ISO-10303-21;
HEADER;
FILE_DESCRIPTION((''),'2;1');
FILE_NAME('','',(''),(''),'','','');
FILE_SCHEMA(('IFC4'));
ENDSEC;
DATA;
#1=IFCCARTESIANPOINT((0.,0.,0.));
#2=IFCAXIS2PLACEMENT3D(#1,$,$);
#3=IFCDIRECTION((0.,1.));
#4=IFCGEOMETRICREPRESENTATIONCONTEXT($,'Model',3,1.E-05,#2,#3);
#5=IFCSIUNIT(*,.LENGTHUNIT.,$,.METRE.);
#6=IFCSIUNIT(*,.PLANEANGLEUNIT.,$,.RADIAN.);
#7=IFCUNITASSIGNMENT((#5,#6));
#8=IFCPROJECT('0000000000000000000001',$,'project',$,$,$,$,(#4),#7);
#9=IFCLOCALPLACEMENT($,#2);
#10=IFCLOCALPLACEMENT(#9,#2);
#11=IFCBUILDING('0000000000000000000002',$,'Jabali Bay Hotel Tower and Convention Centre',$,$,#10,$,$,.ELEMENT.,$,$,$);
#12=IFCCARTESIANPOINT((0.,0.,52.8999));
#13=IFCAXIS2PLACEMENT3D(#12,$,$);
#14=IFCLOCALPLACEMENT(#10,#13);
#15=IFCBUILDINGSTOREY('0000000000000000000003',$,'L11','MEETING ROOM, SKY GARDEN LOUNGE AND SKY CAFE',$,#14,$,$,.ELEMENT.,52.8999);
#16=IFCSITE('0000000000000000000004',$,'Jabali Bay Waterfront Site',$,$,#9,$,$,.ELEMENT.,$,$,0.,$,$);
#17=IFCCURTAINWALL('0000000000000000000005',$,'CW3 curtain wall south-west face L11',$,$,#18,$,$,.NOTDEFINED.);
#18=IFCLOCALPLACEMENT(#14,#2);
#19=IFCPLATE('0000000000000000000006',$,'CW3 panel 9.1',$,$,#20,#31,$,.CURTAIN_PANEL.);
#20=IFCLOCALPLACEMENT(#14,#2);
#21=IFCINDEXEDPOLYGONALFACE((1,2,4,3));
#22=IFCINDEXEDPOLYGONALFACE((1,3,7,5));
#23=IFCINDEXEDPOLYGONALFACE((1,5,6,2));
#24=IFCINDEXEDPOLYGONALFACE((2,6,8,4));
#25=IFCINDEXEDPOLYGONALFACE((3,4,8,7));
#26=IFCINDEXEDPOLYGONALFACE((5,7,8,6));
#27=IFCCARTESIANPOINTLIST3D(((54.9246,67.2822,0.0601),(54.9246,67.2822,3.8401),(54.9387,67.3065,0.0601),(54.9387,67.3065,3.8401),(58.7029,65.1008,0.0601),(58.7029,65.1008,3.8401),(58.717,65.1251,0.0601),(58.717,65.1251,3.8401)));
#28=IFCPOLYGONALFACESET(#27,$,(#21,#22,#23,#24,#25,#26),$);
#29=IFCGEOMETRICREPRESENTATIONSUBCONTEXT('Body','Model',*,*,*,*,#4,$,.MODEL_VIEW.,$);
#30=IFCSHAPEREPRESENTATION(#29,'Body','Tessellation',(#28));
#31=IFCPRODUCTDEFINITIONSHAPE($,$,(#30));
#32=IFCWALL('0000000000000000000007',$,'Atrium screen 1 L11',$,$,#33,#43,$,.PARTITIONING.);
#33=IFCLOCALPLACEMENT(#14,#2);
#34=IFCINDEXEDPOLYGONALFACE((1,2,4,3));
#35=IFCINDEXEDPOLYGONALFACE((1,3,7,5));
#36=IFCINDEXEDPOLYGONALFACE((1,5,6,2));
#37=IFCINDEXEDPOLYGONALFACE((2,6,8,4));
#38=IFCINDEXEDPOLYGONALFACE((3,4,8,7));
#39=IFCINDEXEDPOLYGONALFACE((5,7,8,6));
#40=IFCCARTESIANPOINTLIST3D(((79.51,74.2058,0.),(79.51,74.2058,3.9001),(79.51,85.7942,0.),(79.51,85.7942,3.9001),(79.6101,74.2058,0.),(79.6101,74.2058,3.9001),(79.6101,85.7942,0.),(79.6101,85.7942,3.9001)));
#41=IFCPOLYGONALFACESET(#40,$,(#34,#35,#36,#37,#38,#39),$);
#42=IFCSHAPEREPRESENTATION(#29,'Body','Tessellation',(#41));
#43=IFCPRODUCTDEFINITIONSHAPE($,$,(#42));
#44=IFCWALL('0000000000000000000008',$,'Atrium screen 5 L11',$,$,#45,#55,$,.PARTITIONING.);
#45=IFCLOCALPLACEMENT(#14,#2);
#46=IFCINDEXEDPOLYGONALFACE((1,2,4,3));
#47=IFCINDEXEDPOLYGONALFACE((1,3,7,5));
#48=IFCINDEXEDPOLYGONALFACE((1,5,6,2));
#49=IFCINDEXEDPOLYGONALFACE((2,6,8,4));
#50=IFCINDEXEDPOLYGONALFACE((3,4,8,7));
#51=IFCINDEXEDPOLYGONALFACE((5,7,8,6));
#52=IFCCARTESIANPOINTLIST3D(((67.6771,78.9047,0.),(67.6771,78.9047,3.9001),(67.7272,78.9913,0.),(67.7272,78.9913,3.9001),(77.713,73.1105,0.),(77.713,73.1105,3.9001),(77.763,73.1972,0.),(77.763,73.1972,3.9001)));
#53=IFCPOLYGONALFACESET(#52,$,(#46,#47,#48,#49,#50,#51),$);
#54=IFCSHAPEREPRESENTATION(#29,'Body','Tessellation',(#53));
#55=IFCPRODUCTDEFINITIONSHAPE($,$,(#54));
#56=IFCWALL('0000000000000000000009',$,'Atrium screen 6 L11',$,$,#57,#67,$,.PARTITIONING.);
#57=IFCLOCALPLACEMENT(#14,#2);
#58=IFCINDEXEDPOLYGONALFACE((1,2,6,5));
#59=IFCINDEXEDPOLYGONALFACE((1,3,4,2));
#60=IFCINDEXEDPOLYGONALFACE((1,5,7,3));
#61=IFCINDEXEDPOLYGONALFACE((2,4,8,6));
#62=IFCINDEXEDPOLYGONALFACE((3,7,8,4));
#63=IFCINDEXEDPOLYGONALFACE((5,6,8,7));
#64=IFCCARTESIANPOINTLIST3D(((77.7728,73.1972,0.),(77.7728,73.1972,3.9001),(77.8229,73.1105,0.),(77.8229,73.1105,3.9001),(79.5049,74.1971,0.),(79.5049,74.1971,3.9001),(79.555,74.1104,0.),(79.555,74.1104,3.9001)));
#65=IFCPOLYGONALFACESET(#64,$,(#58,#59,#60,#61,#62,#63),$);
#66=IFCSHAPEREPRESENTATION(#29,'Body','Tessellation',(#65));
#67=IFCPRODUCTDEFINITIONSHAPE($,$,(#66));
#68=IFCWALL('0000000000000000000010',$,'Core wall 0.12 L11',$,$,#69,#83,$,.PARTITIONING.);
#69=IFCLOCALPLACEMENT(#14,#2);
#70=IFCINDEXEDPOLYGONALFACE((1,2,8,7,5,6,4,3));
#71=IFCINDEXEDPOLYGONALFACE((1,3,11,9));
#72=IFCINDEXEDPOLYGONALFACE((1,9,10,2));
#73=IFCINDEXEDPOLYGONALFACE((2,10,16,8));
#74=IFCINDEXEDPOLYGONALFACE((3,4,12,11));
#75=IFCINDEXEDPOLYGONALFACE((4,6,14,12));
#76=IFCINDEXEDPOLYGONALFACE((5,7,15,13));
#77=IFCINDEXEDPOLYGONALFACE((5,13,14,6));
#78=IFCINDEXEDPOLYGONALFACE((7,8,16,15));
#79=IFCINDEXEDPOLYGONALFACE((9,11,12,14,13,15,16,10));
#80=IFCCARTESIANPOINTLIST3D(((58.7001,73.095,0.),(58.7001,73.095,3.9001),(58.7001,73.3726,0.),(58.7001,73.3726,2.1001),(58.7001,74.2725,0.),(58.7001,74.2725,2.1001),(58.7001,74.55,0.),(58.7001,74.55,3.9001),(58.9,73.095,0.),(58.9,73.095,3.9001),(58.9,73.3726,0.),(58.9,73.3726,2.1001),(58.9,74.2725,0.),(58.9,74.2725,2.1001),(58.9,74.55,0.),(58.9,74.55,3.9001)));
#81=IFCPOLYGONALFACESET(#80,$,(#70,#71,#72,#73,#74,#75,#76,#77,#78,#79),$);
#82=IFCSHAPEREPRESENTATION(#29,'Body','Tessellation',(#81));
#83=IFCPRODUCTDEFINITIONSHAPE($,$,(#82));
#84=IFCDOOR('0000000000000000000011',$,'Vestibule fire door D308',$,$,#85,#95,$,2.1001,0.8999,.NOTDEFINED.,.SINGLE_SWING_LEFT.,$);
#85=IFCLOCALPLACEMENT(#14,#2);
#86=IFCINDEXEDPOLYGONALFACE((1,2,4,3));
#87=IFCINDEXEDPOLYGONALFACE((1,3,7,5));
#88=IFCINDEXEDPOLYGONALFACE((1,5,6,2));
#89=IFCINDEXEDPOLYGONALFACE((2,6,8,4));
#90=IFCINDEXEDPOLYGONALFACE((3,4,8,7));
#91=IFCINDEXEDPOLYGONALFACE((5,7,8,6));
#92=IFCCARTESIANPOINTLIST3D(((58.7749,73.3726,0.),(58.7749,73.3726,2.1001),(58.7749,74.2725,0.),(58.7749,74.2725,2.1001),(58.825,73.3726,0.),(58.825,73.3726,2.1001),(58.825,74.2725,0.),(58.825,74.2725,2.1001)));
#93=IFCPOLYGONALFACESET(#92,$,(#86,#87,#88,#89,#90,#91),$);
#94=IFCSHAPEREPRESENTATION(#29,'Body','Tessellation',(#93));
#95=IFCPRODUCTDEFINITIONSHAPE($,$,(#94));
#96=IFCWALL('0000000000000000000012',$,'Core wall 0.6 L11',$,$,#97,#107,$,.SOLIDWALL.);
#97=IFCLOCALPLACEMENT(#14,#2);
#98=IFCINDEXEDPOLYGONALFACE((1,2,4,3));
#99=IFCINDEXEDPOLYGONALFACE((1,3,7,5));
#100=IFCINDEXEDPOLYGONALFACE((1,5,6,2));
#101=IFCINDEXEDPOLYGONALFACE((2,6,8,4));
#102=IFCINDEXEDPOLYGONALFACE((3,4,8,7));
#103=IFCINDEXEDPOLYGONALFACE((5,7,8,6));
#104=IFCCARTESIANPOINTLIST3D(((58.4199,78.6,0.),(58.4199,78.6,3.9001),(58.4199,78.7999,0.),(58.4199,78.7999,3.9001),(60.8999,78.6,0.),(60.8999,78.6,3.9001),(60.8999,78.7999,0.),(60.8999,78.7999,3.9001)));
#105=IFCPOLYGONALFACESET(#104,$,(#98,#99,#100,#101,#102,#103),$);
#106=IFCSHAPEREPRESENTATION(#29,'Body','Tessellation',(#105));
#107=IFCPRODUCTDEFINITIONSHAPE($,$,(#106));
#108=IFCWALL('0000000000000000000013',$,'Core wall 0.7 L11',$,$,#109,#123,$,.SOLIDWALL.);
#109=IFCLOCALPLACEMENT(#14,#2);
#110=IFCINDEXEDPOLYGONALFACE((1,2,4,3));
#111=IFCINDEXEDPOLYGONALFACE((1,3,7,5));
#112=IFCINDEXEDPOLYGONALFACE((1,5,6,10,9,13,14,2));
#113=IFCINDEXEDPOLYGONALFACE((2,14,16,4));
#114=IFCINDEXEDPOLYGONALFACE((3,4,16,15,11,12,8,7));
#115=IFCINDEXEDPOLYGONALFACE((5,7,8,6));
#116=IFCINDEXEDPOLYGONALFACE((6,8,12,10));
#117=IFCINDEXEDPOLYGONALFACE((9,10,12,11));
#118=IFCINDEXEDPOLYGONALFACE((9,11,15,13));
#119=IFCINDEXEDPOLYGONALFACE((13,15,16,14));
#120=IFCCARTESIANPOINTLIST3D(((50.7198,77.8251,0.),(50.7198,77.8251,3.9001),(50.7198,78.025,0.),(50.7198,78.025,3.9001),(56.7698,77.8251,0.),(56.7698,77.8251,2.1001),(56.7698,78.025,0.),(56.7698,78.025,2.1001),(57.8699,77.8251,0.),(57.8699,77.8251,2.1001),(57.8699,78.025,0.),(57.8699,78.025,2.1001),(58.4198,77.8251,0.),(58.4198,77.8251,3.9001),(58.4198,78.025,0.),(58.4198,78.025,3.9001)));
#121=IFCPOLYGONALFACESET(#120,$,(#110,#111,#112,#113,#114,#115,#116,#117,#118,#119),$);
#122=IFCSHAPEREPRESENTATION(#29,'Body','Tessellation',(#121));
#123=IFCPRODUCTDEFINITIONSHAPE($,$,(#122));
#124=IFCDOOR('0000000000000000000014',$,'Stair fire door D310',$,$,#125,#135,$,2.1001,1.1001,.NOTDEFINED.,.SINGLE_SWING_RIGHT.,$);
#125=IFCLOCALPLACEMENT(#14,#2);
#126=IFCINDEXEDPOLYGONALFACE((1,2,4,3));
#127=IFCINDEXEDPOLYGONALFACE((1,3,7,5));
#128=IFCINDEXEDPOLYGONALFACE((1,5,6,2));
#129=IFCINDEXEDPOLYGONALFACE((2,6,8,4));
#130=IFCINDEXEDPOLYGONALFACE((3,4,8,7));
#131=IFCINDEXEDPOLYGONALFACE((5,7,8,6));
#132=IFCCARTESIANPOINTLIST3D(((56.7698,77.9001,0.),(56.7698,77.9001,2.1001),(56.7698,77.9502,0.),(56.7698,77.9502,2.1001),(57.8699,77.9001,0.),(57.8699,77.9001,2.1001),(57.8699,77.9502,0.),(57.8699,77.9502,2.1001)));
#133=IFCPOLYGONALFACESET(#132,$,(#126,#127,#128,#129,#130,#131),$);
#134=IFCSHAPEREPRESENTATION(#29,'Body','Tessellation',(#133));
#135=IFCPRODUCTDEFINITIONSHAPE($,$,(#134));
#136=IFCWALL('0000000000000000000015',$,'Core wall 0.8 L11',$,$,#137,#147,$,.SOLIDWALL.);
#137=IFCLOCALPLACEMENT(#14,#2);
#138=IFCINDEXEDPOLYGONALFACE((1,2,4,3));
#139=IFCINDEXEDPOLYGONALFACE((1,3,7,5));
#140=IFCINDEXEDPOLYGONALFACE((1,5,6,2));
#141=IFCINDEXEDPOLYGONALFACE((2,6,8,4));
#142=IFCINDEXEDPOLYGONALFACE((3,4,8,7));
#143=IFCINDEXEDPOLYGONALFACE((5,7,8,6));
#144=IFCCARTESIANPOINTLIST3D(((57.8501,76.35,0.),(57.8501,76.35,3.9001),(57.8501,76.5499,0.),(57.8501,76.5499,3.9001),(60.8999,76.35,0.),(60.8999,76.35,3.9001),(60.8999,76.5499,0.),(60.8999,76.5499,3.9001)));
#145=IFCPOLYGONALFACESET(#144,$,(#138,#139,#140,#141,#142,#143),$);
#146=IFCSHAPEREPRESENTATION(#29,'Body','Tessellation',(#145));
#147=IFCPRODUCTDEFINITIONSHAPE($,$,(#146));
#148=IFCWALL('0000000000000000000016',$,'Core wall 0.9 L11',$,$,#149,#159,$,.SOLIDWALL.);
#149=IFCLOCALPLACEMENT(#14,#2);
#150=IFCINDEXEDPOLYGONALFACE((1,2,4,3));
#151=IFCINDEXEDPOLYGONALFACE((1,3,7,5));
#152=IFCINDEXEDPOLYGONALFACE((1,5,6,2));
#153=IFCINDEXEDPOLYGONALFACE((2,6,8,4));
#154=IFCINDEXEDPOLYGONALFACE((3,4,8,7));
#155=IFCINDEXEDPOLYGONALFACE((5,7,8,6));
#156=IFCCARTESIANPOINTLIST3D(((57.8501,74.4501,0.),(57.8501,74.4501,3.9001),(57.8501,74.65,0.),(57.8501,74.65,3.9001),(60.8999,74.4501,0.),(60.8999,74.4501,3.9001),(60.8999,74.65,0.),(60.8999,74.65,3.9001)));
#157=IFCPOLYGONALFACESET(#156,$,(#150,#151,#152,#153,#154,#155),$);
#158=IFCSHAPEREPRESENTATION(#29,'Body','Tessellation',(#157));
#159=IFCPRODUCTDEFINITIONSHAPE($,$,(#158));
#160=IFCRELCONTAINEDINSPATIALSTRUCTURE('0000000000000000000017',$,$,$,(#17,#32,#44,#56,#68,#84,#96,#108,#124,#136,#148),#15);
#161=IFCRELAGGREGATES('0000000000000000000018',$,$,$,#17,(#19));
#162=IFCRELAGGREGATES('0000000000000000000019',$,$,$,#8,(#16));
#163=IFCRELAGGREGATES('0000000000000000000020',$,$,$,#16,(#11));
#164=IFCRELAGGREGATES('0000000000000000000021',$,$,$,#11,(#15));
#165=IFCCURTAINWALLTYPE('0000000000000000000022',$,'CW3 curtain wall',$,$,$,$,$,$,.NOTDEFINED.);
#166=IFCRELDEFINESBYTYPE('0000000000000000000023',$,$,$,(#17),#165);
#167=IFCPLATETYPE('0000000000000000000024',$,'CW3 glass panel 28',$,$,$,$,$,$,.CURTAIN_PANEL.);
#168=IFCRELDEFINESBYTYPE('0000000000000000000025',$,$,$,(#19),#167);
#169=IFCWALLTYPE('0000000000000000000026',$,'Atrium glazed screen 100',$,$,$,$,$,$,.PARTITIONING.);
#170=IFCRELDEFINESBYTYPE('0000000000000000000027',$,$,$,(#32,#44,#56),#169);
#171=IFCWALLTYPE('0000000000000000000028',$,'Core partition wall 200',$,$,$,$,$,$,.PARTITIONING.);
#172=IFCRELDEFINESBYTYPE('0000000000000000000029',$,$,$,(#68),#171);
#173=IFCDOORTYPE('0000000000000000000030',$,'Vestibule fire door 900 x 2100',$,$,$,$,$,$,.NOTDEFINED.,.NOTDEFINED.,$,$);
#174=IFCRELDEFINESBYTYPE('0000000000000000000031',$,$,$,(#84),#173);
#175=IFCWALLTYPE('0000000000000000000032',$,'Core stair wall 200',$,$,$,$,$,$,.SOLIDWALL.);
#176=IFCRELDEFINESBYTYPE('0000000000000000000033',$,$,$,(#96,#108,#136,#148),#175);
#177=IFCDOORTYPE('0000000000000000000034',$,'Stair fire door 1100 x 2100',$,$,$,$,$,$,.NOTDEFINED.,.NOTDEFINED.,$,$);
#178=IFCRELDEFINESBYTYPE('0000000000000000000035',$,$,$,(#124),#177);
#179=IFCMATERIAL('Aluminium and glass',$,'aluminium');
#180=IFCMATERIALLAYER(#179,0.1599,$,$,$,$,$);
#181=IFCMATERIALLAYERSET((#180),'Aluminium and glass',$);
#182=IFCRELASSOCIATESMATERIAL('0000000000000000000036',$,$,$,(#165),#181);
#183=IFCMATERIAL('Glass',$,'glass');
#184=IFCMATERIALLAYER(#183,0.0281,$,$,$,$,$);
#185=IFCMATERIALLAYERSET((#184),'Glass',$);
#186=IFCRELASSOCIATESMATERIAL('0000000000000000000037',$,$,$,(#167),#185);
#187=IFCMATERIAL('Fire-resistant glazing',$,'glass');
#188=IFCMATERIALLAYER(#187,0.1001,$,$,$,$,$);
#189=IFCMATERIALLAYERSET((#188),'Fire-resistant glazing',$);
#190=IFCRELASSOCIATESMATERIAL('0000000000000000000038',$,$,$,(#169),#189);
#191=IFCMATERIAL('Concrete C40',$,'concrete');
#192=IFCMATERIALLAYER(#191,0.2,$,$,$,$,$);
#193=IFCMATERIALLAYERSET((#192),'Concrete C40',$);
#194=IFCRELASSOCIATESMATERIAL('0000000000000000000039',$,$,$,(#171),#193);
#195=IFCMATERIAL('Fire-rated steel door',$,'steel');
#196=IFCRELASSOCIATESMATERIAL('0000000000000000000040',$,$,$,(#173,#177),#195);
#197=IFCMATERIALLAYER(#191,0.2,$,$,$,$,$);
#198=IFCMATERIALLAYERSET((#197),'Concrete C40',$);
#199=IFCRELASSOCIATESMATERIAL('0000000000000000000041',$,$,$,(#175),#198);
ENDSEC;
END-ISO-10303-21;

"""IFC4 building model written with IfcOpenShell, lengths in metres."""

from ifc_helpers import new_model, si_unit, direction, frame, frame_2d, origin, origin_2d, place, context, subcontext, project, spatial, rectangle, extrude, material, layer, layer_set, type_object, element, fill, aggregate, save


model = new_model("IFC4")

# Units and contexts
model_context = context("Model", 3, precision=1e-05, world=origin(), true_north=direction((0.0, 1.0)))
body_context = subcontext(model_context, "Body", "Model", "MODEL_VIEW")
ifc_project = project(units=[si_unit("LENGTHUNIT", "METRE"), si_unit("PLANEANGLEUNIT", "RADIAN")], contexts=[model_context])

# Site, building, storey
site_placement = place(None, origin())
site = spatial("IfcSite", under=ifc_project, at=site_placement, Name="Jabali Bay Waterfront Site", CompositionType="ELEMENT", RefElevation=0.0)
building_placement = place(site_placement, origin())
building = spatial("IfcBuilding", under=site, at=building_placement, Name="Jabali Bay Hotel Tower and Convention Centre", CompositionType="ELEMENT")
storey_placement = place(building_placement, frame((0.0, 0.0, 52.8999)))
storey = spatial("IfcBuildingStorey", under=building, at=storey_placement, Name="L11", Description="MEETING ROOM, SKY GARDEN LOUNGE AND SKY CAFE", CompositionType="ELEMENT", Elevation=52.8999)

# Curtain wall, plate
ifc_material_1 = material(Name="Aluminium and glass", Category="aluminium")
ifc_layer_1 = layer(ifc_material_1, 0.1599)
ifc_layer_set_1 = layer_set([ifc_layer_1], Name="Aluminium and glass")
curtain_wall_type = type_object("IfcCurtainWallType", Name="CW3 curtain wall", PredefinedType="NOTDEFINED", material=ifc_layer_set_1)
curtain_wall_placement = place(storey_placement, origin())
curtain_wall = element("IfcCurtainWall", 1, at=curtain_wall_placement, inside=storey, type_object=curtain_wall_type, Name="CW3 curtain wall south-west face L11", PredefinedType="NOTDEFINED")
ifc_material_2 = material(Name="Glass", Category="glass")
ifc_layer_2 = layer(ifc_material_2, 0.0281)
ifc_layer_set_2 = layer_set([ifc_layer_2], Name="Glass")
plate_type = type_object("IfcPlateType", Name="CW3 glass panel 28", PredefinedType="CURTAIN_PANEL", material=ifc_layer_set_2)
plate_placement = place(storey_placement, frame((56.8208, 66.2036, 0.0601), z_axis=(0.0, 0.0, 1.0), x_axis=(-0.866025, 0.5, 0.0)))
plate = element("IfcPlate", 2, at=plate_placement, type_object=plate_type, Name="CW3 panel 9.1", PredefinedType="CURTAIN_PANEL", context=body_context, shape_type="SweptSolid", body=[
    extrude(rectangle(XDim=4.3628, YDim=0.0281, at=origin_2d()), origin(), (0.0, 0.0, 1.0), 3.78),
])
aggregate(curtain_wall, [plate])

# Walls
ifc_material_3 = material(Name="Fire-resistant glazing", Category="glass")
ifc_layer_3 = layer(ifc_material_3, 0.1001)
ifc_layer_set_3 = layer_set([ifc_layer_3], Name="Fire-resistant glazing")
wall_type_1 = type_object("IfcWallType", Name="Atrium glazed screen 100", PredefinedType="PARTITIONING", material=ifc_layer_set_3)
for number, where, z_axis, x_axis, name in (
    (3, (79.5601, 74.2058, 0.0), (0.0, 0.0, 1.0), (0.0, 1.0, 0.0), "Atrium screen 1 L11"),
    (4, (67.7021, 78.948, 0.0), (0.0, 0.0, 1.0), (0.866027, -0.499998, 0.0), "Atrium screen 5 L11"),
):
    element("IfcWall", number, at=place(storey_placement, frame(where, z_axis=z_axis, x_axis=x_axis)), inside=storey, type_object=wall_type_1, Name=name, PredefinedType="PARTITIONING", context=body_context, shape_type="SweptSolid", body=[
        extrude(rectangle(XDim=11.5884, YDim=0.1001, at=frame_2d((5.7942, 0.0))), origin(), (0.0, 0.0, 1.0), 3.9001),
    ])
wall_1_placement = place(storey_placement, frame((77.7979, 73.1538, 0.0), z_axis=(0.0, 0.0, 1.0), x_axis=(0.866041, 0.499973, 0.0)))
element("IfcWall", 5, at=wall_1_placement, inside=storey, type_object=wall_type_1, Name="Atrium screen 6 L11", PredefinedType="PARTITIONING", context=body_context, shape_type="SweptSolid", body=[
    extrude(rectangle(XDim=2.0, YDim=0.1001, at=frame_2d((1.0, 0.0))), origin(), (0.0, 0.0, 1.0), 3.9001),
])

# Wall, opening, door
ifc_material_4 = material(Name="Concrete C40", Category="concrete")
ifc_layer_4 = layer(ifc_material_4, 0.2)
ifc_layer_set_4 = layer_set([ifc_layer_4], Name="Concrete C40")
wall_type_2 = type_object("IfcWallType", Name="Core partition wall 200", PredefinedType="PARTITIONING", material=ifc_layer_set_4)
wall_2_placement = place(storey_placement, frame((58.8, 74.55, 0.0), z_axis=(0.0, 0.0, 1.0), x_axis=(0.0, -1.0, 0.0)))
wall_2 = element("IfcWall", 6, at=wall_2_placement, inside=storey, type_object=wall_type_2, Name="Core wall 0.12 L11", PredefinedType="PARTITIONING", context=body_context, shape_type="SweptSolid", body=[
    extrude(rectangle(XDim=1.4551, YDim=0.2, at=frame_2d((0.7275, 0.0))), origin(), (0.0, 0.0, 1.0), 3.9001),
])
opening_1_placement = place(wall_2_placement, frame((0.2776, 0.0, 0.0)))
opening_1 = element("IfcOpeningElement", 7, at=opening_1_placement, cuts=wall_2, PredefinedType="OPENING", context=body_context, shape_type="SweptSolid", body=[
    extrude(rectangle(XDim=0.8999, YDim=2.1001, at=frame_2d((0.45, 1.05))), frame((0.0, 0.1104, 0.0), z_axis=(0.0, -1.0, 0.0), x_axis=(1.0, 0.0, 0.0)), (0.0, 0.0, 1.0), 0.2209),
])
ifc_material_5 = material(Name="Fire-rated steel door", Category="steel")
door_type_1 = type_object("IfcDoorType", Name="Vestibule fire door 900 x 2100", OperationType="NOTDEFINED", PredefinedType="NOTDEFINED", material=ifc_material_5)
door_1_placement = place(opening_1_placement, origin())
door_1 = element("IfcDoor", 8, at=door_1_placement, inside=storey, type_object=door_type_1, Name="Vestibule fire door D308", OperationType="SINGLE_SWING_LEFT", OverallHeight=2.1001, OverallWidth=0.8999, PredefinedType="NOTDEFINED", context=body_context, shape_type="SweptSolid", body=[
    extrude(rectangle(XDim=0.8999, YDim=2.1001, at=frame_2d((0.45, 1.05))), frame((0.0, 0.0249, 0.0), z_axis=(0.0, -1.0, 0.0), x_axis=(1.0, 0.0, 0.0)), (0.0, 0.0, 1.0), 0.05),
])
fill(opening_1, door_1)

# Wall
ifc_layer_5 = layer(ifc_material_4, 0.2)
ifc_layer_set_5 = layer_set([ifc_layer_5], Name="Concrete C40")
wall_type_3 = type_object("IfcWallType", Name="Core stair wall 200", PredefinedType="SOLIDWALL", material=ifc_layer_set_5)
wall_3_placement = place(storey_placement, frame((60.8999, 78.7, 0.0), z_axis=(0.0, 0.0, 1.0), x_axis=(-1.0, 0.0, 0.0)))
element("IfcWall", 9, at=wall_3_placement, inside=storey, type_object=wall_type_3, Name="Core wall 0.6 L11", PredefinedType="SOLIDWALL", context=body_context, shape_type="SweptSolid", body=[
    extrude(rectangle(XDim=2.48, YDim=0.2, at=frame_2d((1.24, 0.0))), origin(), (0.0, 0.0, 1.0), 3.9001),
])

# Wall, opening, door
wall_4_placement = place(storey_placement, frame((58.4199, 77.925, 0.0), z_axis=(0.0, 0.0, 1.0), x_axis=(-1.0, 0.0, 0.0)))
wall_4 = element("IfcWall", 10, at=wall_4_placement, inside=storey, type_object=wall_type_3, Name="Core wall 0.7 L11", PredefinedType="SOLIDWALL", context=body_context, shape_type="SweptSolid", body=[
    extrude(rectangle(XDim=7.7, YDim=0.2, at=frame_2d((3.8501, 0.0))), origin(), (0.0, 0.0, 1.0), 3.9001),
])
opening_2_placement = place(wall_4_placement, frame((0.55, 0.0, 0.0)))
opening_2 = element("IfcOpeningElement", 11, at=opening_2_placement, cuts=wall_4, PredefinedType="OPENING", context=body_context, shape_type="SweptSolid", body=[
    extrude(rectangle(XDim=1.1001, YDim=2.1001, at=frame_2d((0.55, 1.05))), frame((0.0, 0.1104, 0.0), z_axis=(0.0, -1.0, 0.0), x_axis=(1.0, 0.0, 0.0)), (0.0, 0.0, 1.0), 0.2209),
])
door_type_2 = type_object("IfcDoorType", Name="Stair fire door 1100 x 2100", OperationType="NOTDEFINED", PredefinedType="NOTDEFINED", material=ifc_material_5)
door_2_placement = place(opening_2_placement, origin())
door_2 = element("IfcDoor", 12, at=door_2_placement, inside=storey, type_object=door_type_2, Name="Stair fire door D310", OperationType="SINGLE_SWING_RIGHT", OverallHeight=2.1001, OverallWidth=1.1001, PredefinedType="NOTDEFINED", context=body_context, shape_type="SweptSolid", body=[
    extrude(rectangle(XDim=1.1001, YDim=2.1001, at=frame_2d((0.55, 1.05))), frame((0.0, 0.0249, 0.0), z_axis=(0.0, -1.0, 0.0), x_axis=(1.0, 0.0, 0.0)), (0.0, 0.0, 1.0), 0.05),
])
fill(opening_2, door_2)

# Walls
for number, where, z_axis, x_axis, name in (
    (13, (60.8999, 76.45, 0.0), (0.0, 0.0, 1.0), (-1.0, 0.0, 0.0), "Core wall 0.8 L11"),
    (14, (60.8999, 74.55, 0.0), (0.0, 0.0, 1.0), (-1.0, 0.0, 0.0), "Core wall 0.9 L11"),
):
    element("IfcWall", number, at=place(storey_placement, frame(where, z_axis=z_axis, x_axis=x_axis)), inside=storey, type_object=wall_type_3, Name=name, PredefinedType="SOLIDWALL", context=body_context, shape_type="SweptSolid", body=[
        extrude(rectangle(XDim=3.0498, YDim=0.2, at=frame_2d((1.5249, 0.0))), origin(), (0.0, 0.0, 1.0), 3.9001),
    ])

save(model, "model.ifc")
